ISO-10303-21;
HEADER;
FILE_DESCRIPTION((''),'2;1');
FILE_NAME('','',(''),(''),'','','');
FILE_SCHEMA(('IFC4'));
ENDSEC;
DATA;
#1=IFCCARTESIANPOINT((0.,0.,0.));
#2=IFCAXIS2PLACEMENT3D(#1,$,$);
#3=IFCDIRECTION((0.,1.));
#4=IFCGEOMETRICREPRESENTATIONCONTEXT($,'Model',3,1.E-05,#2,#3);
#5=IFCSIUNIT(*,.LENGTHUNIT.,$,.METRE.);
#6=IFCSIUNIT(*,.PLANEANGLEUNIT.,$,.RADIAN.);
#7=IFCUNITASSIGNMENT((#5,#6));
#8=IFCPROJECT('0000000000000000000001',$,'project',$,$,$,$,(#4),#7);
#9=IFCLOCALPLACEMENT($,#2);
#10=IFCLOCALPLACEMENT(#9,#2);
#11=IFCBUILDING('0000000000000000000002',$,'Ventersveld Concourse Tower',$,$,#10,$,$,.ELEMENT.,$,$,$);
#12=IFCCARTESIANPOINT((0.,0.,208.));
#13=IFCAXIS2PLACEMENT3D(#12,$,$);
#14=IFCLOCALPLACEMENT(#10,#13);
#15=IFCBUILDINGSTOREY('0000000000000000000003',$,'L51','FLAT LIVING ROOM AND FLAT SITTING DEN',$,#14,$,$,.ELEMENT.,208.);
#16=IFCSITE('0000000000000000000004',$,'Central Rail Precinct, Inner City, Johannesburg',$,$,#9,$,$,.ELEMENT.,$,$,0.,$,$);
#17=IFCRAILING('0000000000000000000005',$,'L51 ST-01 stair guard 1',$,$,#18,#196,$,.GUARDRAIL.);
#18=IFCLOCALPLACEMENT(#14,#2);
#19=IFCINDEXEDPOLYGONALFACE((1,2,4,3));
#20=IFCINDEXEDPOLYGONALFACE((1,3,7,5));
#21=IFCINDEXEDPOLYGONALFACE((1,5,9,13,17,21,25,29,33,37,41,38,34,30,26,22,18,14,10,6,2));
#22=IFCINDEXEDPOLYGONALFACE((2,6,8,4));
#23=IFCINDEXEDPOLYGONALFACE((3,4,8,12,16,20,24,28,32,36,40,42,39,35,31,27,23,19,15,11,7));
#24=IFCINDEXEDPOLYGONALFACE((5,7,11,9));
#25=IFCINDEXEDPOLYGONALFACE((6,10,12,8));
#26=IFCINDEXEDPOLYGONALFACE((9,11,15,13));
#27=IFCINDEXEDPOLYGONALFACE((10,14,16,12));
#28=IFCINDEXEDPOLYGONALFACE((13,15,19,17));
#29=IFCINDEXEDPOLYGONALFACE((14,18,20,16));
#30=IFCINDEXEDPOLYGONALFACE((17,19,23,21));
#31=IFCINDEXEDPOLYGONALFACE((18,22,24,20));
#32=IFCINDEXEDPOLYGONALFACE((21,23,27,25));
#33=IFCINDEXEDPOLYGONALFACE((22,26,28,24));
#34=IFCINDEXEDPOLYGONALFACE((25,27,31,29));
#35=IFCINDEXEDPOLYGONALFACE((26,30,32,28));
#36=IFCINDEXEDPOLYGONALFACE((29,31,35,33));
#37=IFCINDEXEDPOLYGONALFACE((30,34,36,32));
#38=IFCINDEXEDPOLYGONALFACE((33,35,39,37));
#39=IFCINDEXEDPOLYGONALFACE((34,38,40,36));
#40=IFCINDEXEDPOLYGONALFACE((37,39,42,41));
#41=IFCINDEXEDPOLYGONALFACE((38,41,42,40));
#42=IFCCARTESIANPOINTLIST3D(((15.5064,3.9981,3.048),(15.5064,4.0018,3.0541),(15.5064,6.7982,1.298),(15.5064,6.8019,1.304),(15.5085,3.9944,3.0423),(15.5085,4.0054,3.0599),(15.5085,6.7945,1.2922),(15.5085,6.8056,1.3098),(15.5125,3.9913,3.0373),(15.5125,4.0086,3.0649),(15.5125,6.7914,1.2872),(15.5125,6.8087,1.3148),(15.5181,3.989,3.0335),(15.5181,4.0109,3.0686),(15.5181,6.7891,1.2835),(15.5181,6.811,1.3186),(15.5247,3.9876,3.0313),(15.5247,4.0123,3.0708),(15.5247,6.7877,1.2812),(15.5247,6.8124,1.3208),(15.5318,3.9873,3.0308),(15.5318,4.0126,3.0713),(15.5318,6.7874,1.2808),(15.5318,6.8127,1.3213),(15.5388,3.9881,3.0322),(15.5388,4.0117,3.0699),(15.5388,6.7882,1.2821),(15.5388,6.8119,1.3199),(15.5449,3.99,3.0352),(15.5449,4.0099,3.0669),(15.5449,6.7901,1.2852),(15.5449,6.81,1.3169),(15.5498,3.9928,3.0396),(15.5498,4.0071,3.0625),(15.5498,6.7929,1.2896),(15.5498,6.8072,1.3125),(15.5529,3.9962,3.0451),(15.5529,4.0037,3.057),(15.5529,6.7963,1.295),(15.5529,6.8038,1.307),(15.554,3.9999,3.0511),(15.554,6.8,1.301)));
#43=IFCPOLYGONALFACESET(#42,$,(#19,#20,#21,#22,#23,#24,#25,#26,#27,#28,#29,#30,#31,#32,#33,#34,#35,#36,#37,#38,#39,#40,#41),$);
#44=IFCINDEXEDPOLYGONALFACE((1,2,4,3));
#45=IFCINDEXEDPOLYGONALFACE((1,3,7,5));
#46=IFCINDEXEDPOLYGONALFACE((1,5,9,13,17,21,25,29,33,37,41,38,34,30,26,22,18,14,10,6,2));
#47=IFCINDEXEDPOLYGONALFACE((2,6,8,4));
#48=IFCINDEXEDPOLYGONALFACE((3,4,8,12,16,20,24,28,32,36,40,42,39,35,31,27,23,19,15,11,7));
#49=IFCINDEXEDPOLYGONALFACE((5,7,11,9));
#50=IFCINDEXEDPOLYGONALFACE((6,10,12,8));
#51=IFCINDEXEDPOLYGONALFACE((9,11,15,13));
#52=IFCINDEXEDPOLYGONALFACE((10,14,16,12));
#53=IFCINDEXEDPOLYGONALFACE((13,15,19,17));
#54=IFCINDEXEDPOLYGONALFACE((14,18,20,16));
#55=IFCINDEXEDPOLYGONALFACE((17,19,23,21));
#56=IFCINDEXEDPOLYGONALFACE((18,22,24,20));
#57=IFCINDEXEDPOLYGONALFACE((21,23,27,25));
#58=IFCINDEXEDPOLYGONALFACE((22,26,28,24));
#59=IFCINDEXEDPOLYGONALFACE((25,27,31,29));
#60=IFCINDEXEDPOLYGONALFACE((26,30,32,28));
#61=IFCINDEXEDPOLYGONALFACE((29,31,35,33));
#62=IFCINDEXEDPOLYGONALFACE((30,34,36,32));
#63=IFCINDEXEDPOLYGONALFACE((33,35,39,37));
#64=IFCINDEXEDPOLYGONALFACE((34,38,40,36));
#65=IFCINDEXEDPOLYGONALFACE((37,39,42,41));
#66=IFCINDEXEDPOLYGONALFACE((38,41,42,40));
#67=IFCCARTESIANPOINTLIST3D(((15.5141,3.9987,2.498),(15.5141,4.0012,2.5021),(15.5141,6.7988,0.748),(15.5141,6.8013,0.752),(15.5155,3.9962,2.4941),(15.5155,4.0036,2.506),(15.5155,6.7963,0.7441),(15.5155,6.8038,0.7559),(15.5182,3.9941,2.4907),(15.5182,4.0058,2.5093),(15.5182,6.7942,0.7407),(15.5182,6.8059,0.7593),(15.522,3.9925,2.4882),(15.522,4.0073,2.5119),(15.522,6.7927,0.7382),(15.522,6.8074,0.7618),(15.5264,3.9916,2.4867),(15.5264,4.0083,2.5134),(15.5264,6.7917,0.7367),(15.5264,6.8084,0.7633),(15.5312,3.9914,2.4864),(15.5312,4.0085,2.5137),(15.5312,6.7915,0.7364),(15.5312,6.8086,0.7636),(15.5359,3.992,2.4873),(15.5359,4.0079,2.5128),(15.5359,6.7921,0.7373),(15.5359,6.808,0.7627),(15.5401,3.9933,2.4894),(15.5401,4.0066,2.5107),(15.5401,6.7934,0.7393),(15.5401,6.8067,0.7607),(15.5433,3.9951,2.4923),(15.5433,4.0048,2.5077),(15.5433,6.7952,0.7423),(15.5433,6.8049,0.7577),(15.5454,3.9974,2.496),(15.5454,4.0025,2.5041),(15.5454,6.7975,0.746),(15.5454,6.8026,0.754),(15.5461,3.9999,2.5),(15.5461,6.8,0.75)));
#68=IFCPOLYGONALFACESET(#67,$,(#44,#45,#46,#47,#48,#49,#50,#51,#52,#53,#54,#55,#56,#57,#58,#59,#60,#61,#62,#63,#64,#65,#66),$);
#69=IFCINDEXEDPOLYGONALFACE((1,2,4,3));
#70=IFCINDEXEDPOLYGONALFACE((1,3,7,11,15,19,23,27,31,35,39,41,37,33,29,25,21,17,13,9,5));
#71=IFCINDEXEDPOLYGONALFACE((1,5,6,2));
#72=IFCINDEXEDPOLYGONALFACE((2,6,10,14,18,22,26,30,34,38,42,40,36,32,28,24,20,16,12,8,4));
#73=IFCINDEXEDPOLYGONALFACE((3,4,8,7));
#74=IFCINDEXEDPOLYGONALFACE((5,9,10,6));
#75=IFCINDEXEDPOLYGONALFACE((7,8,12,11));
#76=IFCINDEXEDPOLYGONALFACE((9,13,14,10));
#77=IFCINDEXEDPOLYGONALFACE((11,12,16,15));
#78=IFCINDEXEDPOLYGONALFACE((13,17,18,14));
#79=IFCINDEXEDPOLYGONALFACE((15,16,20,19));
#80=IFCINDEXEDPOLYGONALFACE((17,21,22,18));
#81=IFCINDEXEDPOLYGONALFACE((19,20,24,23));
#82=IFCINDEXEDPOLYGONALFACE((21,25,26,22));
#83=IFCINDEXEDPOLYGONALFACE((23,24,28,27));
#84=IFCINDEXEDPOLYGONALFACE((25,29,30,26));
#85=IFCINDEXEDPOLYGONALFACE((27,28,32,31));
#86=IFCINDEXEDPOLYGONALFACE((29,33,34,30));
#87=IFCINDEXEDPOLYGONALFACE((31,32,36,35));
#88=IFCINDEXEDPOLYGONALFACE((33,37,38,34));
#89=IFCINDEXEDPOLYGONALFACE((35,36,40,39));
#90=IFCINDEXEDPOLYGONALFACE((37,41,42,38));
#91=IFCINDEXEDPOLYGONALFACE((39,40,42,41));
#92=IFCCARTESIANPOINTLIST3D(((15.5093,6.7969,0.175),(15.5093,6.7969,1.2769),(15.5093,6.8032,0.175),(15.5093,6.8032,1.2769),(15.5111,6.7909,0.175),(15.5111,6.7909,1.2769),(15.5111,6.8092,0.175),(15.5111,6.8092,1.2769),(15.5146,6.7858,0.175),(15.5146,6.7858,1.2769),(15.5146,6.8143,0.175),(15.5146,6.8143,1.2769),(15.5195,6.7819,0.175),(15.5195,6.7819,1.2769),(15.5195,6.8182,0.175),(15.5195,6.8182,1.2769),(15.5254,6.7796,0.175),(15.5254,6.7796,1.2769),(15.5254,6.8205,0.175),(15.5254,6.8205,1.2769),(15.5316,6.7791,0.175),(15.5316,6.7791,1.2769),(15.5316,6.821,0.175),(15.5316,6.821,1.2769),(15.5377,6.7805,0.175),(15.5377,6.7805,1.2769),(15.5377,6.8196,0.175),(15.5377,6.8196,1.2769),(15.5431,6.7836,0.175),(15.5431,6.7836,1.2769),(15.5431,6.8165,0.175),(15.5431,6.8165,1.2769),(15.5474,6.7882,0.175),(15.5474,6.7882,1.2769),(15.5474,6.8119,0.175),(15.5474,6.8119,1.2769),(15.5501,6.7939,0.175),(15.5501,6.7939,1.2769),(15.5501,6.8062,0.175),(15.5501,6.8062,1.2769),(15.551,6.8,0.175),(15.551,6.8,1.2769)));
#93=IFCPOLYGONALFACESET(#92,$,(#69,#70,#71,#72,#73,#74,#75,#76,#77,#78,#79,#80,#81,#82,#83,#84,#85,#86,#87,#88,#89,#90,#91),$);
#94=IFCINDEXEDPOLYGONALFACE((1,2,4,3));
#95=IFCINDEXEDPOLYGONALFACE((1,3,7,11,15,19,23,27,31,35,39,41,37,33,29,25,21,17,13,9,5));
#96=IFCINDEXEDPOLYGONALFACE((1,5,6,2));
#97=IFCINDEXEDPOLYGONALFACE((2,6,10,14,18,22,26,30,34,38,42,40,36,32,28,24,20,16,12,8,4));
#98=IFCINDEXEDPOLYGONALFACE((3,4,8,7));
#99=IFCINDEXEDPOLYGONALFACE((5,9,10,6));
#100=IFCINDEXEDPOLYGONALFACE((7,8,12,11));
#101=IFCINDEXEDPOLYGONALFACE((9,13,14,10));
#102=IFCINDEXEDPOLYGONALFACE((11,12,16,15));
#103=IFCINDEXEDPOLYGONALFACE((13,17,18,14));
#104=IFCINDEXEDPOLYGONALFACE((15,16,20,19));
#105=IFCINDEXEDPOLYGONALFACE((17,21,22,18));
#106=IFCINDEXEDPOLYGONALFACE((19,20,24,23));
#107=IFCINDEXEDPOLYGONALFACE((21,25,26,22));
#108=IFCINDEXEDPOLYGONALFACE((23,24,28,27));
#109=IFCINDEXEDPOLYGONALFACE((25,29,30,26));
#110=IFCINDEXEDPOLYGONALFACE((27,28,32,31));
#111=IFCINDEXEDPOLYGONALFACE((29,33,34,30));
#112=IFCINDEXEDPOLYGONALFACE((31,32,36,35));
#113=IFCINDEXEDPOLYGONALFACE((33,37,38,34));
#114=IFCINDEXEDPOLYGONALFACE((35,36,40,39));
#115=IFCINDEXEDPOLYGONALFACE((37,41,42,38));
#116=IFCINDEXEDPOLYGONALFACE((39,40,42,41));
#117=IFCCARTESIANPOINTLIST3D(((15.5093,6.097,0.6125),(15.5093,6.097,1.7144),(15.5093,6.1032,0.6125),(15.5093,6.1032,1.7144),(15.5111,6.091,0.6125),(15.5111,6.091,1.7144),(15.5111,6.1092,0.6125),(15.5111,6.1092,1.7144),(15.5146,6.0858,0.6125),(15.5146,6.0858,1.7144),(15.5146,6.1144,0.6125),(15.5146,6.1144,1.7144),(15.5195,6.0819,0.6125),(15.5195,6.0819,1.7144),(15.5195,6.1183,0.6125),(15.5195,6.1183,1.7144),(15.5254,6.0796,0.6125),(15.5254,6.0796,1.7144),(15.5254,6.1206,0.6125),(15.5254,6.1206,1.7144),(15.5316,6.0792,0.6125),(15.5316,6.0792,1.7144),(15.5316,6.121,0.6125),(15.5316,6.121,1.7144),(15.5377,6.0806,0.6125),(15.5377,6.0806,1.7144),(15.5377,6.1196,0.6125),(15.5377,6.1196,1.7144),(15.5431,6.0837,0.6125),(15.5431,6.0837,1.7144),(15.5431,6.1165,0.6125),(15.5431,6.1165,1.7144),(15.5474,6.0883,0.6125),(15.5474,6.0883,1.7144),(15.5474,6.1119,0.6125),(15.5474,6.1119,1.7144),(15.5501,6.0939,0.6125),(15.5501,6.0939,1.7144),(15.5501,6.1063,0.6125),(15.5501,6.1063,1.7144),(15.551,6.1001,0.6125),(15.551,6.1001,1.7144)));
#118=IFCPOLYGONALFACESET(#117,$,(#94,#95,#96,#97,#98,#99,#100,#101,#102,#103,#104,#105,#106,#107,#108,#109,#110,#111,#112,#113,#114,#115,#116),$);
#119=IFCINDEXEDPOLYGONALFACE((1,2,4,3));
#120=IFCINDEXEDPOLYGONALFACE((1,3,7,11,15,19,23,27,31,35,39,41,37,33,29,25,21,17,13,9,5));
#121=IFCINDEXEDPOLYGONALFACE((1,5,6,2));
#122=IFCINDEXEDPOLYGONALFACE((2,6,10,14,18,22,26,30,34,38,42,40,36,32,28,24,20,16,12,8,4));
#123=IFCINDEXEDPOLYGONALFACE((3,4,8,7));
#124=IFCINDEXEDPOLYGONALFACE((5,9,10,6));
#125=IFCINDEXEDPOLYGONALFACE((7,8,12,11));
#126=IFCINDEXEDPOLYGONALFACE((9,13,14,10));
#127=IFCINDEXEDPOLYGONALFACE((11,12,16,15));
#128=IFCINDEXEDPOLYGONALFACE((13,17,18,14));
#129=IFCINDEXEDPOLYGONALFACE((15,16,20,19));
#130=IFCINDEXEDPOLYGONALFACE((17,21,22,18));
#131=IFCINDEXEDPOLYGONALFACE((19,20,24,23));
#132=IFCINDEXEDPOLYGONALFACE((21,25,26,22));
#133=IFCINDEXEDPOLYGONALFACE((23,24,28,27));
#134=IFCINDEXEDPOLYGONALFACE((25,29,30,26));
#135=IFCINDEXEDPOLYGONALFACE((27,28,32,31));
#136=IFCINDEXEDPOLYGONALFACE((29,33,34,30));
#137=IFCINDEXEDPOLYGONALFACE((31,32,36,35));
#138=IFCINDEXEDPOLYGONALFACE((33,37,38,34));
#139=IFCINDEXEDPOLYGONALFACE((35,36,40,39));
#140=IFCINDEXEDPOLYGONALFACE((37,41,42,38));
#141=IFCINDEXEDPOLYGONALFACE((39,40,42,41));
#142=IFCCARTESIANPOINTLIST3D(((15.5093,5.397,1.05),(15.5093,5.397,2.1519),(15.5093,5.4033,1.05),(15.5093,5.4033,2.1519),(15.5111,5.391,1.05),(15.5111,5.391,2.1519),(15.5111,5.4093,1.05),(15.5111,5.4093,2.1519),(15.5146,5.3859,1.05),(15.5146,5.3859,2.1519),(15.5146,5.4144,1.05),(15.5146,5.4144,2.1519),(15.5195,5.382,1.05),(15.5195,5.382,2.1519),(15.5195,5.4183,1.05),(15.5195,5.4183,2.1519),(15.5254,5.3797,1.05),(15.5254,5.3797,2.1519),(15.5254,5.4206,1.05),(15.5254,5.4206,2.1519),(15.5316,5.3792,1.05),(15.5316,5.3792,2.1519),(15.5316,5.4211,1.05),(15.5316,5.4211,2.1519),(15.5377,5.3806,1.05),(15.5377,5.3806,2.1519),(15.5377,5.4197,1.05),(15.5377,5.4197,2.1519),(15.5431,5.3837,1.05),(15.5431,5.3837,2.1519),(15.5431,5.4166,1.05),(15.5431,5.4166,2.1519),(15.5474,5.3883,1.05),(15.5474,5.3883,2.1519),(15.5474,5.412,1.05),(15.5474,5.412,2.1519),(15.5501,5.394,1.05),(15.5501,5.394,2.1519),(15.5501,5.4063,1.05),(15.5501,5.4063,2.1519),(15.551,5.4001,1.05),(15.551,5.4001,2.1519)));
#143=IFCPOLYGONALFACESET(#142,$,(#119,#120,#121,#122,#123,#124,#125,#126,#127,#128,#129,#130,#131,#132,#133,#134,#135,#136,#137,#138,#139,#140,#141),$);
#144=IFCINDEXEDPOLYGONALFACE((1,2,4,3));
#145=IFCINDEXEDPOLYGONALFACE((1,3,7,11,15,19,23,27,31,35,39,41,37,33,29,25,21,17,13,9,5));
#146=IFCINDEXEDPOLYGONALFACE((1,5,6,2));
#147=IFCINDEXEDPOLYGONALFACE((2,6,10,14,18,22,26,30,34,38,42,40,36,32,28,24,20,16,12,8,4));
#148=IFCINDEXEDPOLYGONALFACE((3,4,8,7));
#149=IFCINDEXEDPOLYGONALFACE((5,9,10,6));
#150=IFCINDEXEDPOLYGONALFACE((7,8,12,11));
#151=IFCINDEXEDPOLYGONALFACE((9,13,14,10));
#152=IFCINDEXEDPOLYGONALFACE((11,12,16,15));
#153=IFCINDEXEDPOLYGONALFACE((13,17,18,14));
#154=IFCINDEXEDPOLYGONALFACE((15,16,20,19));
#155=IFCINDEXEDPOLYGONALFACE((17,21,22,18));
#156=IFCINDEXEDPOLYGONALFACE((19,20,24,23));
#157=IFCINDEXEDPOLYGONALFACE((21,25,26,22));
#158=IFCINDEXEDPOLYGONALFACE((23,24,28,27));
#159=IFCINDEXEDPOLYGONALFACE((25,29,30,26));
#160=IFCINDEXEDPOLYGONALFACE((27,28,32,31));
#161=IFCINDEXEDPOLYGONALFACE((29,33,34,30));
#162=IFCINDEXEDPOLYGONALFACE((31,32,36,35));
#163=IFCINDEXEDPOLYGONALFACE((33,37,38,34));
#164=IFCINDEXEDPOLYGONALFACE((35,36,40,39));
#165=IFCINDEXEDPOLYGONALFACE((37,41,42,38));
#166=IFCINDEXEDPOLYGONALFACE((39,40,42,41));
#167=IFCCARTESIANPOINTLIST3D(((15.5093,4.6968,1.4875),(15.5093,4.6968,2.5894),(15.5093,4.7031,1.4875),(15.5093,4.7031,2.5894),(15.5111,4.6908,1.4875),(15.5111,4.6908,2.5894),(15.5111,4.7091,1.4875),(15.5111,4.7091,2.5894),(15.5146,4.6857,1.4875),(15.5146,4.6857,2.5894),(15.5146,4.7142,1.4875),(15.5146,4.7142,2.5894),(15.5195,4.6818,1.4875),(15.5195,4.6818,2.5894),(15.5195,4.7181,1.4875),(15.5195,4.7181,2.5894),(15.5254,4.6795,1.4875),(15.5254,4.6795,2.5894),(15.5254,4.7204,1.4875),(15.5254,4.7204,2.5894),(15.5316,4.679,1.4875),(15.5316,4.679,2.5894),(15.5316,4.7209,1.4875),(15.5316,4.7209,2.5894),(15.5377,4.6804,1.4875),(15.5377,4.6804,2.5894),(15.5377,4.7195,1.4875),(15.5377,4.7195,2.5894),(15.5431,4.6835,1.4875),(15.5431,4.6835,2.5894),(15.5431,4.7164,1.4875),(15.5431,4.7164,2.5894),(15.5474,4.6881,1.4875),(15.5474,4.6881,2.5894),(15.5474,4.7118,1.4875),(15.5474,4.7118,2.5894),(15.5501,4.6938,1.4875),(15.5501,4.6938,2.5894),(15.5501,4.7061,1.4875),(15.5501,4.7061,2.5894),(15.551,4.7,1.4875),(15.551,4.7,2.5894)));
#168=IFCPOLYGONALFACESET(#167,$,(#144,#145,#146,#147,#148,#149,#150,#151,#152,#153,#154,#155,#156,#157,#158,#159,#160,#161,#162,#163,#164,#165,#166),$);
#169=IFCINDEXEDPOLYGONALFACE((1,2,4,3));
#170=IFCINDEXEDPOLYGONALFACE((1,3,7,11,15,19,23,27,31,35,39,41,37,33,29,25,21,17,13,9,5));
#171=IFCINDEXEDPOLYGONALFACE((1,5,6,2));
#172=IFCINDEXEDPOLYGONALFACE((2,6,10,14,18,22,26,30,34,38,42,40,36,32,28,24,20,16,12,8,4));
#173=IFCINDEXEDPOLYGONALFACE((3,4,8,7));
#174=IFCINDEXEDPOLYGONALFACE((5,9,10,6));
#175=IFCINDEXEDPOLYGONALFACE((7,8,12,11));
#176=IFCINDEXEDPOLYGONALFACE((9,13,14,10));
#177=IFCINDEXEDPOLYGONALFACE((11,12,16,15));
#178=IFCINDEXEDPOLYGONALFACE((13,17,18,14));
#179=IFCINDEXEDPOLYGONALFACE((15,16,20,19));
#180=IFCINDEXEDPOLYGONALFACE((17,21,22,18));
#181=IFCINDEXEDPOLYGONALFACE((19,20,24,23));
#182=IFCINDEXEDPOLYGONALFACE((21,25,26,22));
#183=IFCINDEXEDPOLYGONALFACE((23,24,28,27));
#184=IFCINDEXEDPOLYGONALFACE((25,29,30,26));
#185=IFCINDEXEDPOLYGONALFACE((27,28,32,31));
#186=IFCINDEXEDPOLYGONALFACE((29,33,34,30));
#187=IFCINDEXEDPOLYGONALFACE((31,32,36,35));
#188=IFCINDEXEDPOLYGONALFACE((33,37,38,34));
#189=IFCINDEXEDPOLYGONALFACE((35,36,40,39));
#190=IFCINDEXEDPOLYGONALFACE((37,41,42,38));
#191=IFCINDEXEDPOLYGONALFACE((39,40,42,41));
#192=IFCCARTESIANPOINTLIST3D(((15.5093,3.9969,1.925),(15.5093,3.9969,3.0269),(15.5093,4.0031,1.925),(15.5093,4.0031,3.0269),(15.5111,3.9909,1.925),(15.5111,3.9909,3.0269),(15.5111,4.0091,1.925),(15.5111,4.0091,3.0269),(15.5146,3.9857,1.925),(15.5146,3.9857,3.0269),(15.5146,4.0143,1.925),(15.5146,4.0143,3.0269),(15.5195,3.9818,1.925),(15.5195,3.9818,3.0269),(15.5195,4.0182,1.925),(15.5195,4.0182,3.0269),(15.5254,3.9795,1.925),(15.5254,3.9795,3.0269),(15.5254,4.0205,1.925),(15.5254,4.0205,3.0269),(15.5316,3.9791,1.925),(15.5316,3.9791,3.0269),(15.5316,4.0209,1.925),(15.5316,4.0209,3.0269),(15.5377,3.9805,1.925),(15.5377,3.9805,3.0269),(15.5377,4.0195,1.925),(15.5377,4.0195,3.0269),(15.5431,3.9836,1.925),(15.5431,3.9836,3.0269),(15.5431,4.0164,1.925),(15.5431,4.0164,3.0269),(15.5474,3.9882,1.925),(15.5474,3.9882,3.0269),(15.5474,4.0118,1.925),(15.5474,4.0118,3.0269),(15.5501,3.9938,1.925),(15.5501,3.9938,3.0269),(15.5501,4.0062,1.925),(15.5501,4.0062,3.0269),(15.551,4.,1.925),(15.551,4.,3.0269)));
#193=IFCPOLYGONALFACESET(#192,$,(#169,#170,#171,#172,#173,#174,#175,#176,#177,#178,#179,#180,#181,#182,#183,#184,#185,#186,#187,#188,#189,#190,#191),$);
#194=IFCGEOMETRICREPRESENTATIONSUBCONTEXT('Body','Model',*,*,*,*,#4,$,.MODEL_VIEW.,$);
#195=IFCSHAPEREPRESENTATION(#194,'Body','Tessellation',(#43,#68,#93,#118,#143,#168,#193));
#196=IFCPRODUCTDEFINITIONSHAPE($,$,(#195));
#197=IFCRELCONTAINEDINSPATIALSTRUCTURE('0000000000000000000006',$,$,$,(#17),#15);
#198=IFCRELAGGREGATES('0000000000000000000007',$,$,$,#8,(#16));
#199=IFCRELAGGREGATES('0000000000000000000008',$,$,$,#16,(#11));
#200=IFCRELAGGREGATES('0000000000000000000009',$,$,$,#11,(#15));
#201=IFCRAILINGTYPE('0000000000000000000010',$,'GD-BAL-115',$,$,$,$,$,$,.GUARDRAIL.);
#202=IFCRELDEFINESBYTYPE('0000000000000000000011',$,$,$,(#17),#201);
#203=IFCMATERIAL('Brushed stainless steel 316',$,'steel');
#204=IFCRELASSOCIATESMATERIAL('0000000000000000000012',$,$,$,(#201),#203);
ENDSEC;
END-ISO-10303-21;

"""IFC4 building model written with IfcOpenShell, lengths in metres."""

from ifc_helpers import new_model, si_unit, direction, frame, origin, origin_2d, place, context, subcontext, project, spatial, circle, extrude, material, type_object, element, save


model = new_model("IFC4")

# Units and contexts
model_context = context("Model", 3, precision=1e-05, world=origin(), true_north=direction((0.0, 1.0)))
body_context = subcontext(model_context, "Body", "Model", "MODEL_VIEW")
ifc_project = project(units=[si_unit("LENGTHUNIT", "METRE"), si_unit("PLANEANGLEUNIT", "RADIAN")], contexts=[model_context])

# Site, building, storey
site_placement = place(None, origin())
site = spatial("IfcSite", under=ifc_project, at=site_placement, Name="Central Rail Precinct, Inner City, Johannesburg", CompositionType="ELEMENT", RefElevation=0.0)
building_placement = place(site_placement, origin())
building = spatial("IfcBuilding", under=site, at=building_placement, Name="Ventersveld Concourse Tower", CompositionType="ELEMENT")
storey_placement = place(building_placement, frame((0.0, 0.0, 208.0)))
storey = spatial("IfcBuildingStorey", under=building, at=storey_placement, Name="L51", Description="FLAT LIVING ROOM AND FLAT SITTING DEN", CompositionType="ELEMENT", Elevation=208.0)

# Railing
ifc_material_1 = material(Name="Brushed stainless steel 316", Category="steel")
railing_type_1 = type_object("IfcRailingType", Name="GD-BAL-115", PredefinedType="GUARDRAIL", material=ifc_material_1)
railing_1_placement = place(storey_placement, frame((15.53, 6.8, 0.175)))
element("IfcRailing", 1, at=railing_1_placement, inside=storey, type_object=railing_type_1, Name="L51 ST-01 stair guard 1", PredefinedType="GUARDRAIL", context=body_context, shape_type="SweptSolid", body=[
    extrude(circle(Radius=0.0239, at=origin_2d()), frame((0.0, 0.0, 1.126), z_axis=(0.0, -0.848002, 0.529992), x_axis=(1.0, 0.0, 0.0)), (0.0, 0.0, 1.0), 3.302),
    extrude(circle(Radius=0.0161, at=origin_2d()), frame((0.0, 0.0, 0.575), z_axis=(0.0, -0.848002, 0.529992), x_axis=(1.0, 0.0, 0.0)), (0.0, 0.0, 1.0), 3.302),
    extrude(circle(Radius=0.021, at=origin_2d()), origin(), (0.0, 0.0, 1.0), 1.1018),
    extrude(circle(Radius=0.021, at=origin_2d()), frame((0.0, -0.7, 0.4375)), (0.0, 0.0, 1.0), 1.1018),
    extrude(circle(Radius=0.021, at=origin_2d()), frame((0.0, -1.3999, 0.875)), (0.0, 0.0, 1.0), 1.1018),
    extrude(circle(Radius=0.021, at=origin_2d()), frame((0.0, -2.1001, 1.3125)), (0.0, 0.0, 1.0), 1.1018),
    extrude(circle(Radius=0.021, at=origin_2d()), frame((0.0, -2.8, 1.75)), (0.0, 0.0, 1.0), 1.1018),
])

save(model, "model.ifc")
